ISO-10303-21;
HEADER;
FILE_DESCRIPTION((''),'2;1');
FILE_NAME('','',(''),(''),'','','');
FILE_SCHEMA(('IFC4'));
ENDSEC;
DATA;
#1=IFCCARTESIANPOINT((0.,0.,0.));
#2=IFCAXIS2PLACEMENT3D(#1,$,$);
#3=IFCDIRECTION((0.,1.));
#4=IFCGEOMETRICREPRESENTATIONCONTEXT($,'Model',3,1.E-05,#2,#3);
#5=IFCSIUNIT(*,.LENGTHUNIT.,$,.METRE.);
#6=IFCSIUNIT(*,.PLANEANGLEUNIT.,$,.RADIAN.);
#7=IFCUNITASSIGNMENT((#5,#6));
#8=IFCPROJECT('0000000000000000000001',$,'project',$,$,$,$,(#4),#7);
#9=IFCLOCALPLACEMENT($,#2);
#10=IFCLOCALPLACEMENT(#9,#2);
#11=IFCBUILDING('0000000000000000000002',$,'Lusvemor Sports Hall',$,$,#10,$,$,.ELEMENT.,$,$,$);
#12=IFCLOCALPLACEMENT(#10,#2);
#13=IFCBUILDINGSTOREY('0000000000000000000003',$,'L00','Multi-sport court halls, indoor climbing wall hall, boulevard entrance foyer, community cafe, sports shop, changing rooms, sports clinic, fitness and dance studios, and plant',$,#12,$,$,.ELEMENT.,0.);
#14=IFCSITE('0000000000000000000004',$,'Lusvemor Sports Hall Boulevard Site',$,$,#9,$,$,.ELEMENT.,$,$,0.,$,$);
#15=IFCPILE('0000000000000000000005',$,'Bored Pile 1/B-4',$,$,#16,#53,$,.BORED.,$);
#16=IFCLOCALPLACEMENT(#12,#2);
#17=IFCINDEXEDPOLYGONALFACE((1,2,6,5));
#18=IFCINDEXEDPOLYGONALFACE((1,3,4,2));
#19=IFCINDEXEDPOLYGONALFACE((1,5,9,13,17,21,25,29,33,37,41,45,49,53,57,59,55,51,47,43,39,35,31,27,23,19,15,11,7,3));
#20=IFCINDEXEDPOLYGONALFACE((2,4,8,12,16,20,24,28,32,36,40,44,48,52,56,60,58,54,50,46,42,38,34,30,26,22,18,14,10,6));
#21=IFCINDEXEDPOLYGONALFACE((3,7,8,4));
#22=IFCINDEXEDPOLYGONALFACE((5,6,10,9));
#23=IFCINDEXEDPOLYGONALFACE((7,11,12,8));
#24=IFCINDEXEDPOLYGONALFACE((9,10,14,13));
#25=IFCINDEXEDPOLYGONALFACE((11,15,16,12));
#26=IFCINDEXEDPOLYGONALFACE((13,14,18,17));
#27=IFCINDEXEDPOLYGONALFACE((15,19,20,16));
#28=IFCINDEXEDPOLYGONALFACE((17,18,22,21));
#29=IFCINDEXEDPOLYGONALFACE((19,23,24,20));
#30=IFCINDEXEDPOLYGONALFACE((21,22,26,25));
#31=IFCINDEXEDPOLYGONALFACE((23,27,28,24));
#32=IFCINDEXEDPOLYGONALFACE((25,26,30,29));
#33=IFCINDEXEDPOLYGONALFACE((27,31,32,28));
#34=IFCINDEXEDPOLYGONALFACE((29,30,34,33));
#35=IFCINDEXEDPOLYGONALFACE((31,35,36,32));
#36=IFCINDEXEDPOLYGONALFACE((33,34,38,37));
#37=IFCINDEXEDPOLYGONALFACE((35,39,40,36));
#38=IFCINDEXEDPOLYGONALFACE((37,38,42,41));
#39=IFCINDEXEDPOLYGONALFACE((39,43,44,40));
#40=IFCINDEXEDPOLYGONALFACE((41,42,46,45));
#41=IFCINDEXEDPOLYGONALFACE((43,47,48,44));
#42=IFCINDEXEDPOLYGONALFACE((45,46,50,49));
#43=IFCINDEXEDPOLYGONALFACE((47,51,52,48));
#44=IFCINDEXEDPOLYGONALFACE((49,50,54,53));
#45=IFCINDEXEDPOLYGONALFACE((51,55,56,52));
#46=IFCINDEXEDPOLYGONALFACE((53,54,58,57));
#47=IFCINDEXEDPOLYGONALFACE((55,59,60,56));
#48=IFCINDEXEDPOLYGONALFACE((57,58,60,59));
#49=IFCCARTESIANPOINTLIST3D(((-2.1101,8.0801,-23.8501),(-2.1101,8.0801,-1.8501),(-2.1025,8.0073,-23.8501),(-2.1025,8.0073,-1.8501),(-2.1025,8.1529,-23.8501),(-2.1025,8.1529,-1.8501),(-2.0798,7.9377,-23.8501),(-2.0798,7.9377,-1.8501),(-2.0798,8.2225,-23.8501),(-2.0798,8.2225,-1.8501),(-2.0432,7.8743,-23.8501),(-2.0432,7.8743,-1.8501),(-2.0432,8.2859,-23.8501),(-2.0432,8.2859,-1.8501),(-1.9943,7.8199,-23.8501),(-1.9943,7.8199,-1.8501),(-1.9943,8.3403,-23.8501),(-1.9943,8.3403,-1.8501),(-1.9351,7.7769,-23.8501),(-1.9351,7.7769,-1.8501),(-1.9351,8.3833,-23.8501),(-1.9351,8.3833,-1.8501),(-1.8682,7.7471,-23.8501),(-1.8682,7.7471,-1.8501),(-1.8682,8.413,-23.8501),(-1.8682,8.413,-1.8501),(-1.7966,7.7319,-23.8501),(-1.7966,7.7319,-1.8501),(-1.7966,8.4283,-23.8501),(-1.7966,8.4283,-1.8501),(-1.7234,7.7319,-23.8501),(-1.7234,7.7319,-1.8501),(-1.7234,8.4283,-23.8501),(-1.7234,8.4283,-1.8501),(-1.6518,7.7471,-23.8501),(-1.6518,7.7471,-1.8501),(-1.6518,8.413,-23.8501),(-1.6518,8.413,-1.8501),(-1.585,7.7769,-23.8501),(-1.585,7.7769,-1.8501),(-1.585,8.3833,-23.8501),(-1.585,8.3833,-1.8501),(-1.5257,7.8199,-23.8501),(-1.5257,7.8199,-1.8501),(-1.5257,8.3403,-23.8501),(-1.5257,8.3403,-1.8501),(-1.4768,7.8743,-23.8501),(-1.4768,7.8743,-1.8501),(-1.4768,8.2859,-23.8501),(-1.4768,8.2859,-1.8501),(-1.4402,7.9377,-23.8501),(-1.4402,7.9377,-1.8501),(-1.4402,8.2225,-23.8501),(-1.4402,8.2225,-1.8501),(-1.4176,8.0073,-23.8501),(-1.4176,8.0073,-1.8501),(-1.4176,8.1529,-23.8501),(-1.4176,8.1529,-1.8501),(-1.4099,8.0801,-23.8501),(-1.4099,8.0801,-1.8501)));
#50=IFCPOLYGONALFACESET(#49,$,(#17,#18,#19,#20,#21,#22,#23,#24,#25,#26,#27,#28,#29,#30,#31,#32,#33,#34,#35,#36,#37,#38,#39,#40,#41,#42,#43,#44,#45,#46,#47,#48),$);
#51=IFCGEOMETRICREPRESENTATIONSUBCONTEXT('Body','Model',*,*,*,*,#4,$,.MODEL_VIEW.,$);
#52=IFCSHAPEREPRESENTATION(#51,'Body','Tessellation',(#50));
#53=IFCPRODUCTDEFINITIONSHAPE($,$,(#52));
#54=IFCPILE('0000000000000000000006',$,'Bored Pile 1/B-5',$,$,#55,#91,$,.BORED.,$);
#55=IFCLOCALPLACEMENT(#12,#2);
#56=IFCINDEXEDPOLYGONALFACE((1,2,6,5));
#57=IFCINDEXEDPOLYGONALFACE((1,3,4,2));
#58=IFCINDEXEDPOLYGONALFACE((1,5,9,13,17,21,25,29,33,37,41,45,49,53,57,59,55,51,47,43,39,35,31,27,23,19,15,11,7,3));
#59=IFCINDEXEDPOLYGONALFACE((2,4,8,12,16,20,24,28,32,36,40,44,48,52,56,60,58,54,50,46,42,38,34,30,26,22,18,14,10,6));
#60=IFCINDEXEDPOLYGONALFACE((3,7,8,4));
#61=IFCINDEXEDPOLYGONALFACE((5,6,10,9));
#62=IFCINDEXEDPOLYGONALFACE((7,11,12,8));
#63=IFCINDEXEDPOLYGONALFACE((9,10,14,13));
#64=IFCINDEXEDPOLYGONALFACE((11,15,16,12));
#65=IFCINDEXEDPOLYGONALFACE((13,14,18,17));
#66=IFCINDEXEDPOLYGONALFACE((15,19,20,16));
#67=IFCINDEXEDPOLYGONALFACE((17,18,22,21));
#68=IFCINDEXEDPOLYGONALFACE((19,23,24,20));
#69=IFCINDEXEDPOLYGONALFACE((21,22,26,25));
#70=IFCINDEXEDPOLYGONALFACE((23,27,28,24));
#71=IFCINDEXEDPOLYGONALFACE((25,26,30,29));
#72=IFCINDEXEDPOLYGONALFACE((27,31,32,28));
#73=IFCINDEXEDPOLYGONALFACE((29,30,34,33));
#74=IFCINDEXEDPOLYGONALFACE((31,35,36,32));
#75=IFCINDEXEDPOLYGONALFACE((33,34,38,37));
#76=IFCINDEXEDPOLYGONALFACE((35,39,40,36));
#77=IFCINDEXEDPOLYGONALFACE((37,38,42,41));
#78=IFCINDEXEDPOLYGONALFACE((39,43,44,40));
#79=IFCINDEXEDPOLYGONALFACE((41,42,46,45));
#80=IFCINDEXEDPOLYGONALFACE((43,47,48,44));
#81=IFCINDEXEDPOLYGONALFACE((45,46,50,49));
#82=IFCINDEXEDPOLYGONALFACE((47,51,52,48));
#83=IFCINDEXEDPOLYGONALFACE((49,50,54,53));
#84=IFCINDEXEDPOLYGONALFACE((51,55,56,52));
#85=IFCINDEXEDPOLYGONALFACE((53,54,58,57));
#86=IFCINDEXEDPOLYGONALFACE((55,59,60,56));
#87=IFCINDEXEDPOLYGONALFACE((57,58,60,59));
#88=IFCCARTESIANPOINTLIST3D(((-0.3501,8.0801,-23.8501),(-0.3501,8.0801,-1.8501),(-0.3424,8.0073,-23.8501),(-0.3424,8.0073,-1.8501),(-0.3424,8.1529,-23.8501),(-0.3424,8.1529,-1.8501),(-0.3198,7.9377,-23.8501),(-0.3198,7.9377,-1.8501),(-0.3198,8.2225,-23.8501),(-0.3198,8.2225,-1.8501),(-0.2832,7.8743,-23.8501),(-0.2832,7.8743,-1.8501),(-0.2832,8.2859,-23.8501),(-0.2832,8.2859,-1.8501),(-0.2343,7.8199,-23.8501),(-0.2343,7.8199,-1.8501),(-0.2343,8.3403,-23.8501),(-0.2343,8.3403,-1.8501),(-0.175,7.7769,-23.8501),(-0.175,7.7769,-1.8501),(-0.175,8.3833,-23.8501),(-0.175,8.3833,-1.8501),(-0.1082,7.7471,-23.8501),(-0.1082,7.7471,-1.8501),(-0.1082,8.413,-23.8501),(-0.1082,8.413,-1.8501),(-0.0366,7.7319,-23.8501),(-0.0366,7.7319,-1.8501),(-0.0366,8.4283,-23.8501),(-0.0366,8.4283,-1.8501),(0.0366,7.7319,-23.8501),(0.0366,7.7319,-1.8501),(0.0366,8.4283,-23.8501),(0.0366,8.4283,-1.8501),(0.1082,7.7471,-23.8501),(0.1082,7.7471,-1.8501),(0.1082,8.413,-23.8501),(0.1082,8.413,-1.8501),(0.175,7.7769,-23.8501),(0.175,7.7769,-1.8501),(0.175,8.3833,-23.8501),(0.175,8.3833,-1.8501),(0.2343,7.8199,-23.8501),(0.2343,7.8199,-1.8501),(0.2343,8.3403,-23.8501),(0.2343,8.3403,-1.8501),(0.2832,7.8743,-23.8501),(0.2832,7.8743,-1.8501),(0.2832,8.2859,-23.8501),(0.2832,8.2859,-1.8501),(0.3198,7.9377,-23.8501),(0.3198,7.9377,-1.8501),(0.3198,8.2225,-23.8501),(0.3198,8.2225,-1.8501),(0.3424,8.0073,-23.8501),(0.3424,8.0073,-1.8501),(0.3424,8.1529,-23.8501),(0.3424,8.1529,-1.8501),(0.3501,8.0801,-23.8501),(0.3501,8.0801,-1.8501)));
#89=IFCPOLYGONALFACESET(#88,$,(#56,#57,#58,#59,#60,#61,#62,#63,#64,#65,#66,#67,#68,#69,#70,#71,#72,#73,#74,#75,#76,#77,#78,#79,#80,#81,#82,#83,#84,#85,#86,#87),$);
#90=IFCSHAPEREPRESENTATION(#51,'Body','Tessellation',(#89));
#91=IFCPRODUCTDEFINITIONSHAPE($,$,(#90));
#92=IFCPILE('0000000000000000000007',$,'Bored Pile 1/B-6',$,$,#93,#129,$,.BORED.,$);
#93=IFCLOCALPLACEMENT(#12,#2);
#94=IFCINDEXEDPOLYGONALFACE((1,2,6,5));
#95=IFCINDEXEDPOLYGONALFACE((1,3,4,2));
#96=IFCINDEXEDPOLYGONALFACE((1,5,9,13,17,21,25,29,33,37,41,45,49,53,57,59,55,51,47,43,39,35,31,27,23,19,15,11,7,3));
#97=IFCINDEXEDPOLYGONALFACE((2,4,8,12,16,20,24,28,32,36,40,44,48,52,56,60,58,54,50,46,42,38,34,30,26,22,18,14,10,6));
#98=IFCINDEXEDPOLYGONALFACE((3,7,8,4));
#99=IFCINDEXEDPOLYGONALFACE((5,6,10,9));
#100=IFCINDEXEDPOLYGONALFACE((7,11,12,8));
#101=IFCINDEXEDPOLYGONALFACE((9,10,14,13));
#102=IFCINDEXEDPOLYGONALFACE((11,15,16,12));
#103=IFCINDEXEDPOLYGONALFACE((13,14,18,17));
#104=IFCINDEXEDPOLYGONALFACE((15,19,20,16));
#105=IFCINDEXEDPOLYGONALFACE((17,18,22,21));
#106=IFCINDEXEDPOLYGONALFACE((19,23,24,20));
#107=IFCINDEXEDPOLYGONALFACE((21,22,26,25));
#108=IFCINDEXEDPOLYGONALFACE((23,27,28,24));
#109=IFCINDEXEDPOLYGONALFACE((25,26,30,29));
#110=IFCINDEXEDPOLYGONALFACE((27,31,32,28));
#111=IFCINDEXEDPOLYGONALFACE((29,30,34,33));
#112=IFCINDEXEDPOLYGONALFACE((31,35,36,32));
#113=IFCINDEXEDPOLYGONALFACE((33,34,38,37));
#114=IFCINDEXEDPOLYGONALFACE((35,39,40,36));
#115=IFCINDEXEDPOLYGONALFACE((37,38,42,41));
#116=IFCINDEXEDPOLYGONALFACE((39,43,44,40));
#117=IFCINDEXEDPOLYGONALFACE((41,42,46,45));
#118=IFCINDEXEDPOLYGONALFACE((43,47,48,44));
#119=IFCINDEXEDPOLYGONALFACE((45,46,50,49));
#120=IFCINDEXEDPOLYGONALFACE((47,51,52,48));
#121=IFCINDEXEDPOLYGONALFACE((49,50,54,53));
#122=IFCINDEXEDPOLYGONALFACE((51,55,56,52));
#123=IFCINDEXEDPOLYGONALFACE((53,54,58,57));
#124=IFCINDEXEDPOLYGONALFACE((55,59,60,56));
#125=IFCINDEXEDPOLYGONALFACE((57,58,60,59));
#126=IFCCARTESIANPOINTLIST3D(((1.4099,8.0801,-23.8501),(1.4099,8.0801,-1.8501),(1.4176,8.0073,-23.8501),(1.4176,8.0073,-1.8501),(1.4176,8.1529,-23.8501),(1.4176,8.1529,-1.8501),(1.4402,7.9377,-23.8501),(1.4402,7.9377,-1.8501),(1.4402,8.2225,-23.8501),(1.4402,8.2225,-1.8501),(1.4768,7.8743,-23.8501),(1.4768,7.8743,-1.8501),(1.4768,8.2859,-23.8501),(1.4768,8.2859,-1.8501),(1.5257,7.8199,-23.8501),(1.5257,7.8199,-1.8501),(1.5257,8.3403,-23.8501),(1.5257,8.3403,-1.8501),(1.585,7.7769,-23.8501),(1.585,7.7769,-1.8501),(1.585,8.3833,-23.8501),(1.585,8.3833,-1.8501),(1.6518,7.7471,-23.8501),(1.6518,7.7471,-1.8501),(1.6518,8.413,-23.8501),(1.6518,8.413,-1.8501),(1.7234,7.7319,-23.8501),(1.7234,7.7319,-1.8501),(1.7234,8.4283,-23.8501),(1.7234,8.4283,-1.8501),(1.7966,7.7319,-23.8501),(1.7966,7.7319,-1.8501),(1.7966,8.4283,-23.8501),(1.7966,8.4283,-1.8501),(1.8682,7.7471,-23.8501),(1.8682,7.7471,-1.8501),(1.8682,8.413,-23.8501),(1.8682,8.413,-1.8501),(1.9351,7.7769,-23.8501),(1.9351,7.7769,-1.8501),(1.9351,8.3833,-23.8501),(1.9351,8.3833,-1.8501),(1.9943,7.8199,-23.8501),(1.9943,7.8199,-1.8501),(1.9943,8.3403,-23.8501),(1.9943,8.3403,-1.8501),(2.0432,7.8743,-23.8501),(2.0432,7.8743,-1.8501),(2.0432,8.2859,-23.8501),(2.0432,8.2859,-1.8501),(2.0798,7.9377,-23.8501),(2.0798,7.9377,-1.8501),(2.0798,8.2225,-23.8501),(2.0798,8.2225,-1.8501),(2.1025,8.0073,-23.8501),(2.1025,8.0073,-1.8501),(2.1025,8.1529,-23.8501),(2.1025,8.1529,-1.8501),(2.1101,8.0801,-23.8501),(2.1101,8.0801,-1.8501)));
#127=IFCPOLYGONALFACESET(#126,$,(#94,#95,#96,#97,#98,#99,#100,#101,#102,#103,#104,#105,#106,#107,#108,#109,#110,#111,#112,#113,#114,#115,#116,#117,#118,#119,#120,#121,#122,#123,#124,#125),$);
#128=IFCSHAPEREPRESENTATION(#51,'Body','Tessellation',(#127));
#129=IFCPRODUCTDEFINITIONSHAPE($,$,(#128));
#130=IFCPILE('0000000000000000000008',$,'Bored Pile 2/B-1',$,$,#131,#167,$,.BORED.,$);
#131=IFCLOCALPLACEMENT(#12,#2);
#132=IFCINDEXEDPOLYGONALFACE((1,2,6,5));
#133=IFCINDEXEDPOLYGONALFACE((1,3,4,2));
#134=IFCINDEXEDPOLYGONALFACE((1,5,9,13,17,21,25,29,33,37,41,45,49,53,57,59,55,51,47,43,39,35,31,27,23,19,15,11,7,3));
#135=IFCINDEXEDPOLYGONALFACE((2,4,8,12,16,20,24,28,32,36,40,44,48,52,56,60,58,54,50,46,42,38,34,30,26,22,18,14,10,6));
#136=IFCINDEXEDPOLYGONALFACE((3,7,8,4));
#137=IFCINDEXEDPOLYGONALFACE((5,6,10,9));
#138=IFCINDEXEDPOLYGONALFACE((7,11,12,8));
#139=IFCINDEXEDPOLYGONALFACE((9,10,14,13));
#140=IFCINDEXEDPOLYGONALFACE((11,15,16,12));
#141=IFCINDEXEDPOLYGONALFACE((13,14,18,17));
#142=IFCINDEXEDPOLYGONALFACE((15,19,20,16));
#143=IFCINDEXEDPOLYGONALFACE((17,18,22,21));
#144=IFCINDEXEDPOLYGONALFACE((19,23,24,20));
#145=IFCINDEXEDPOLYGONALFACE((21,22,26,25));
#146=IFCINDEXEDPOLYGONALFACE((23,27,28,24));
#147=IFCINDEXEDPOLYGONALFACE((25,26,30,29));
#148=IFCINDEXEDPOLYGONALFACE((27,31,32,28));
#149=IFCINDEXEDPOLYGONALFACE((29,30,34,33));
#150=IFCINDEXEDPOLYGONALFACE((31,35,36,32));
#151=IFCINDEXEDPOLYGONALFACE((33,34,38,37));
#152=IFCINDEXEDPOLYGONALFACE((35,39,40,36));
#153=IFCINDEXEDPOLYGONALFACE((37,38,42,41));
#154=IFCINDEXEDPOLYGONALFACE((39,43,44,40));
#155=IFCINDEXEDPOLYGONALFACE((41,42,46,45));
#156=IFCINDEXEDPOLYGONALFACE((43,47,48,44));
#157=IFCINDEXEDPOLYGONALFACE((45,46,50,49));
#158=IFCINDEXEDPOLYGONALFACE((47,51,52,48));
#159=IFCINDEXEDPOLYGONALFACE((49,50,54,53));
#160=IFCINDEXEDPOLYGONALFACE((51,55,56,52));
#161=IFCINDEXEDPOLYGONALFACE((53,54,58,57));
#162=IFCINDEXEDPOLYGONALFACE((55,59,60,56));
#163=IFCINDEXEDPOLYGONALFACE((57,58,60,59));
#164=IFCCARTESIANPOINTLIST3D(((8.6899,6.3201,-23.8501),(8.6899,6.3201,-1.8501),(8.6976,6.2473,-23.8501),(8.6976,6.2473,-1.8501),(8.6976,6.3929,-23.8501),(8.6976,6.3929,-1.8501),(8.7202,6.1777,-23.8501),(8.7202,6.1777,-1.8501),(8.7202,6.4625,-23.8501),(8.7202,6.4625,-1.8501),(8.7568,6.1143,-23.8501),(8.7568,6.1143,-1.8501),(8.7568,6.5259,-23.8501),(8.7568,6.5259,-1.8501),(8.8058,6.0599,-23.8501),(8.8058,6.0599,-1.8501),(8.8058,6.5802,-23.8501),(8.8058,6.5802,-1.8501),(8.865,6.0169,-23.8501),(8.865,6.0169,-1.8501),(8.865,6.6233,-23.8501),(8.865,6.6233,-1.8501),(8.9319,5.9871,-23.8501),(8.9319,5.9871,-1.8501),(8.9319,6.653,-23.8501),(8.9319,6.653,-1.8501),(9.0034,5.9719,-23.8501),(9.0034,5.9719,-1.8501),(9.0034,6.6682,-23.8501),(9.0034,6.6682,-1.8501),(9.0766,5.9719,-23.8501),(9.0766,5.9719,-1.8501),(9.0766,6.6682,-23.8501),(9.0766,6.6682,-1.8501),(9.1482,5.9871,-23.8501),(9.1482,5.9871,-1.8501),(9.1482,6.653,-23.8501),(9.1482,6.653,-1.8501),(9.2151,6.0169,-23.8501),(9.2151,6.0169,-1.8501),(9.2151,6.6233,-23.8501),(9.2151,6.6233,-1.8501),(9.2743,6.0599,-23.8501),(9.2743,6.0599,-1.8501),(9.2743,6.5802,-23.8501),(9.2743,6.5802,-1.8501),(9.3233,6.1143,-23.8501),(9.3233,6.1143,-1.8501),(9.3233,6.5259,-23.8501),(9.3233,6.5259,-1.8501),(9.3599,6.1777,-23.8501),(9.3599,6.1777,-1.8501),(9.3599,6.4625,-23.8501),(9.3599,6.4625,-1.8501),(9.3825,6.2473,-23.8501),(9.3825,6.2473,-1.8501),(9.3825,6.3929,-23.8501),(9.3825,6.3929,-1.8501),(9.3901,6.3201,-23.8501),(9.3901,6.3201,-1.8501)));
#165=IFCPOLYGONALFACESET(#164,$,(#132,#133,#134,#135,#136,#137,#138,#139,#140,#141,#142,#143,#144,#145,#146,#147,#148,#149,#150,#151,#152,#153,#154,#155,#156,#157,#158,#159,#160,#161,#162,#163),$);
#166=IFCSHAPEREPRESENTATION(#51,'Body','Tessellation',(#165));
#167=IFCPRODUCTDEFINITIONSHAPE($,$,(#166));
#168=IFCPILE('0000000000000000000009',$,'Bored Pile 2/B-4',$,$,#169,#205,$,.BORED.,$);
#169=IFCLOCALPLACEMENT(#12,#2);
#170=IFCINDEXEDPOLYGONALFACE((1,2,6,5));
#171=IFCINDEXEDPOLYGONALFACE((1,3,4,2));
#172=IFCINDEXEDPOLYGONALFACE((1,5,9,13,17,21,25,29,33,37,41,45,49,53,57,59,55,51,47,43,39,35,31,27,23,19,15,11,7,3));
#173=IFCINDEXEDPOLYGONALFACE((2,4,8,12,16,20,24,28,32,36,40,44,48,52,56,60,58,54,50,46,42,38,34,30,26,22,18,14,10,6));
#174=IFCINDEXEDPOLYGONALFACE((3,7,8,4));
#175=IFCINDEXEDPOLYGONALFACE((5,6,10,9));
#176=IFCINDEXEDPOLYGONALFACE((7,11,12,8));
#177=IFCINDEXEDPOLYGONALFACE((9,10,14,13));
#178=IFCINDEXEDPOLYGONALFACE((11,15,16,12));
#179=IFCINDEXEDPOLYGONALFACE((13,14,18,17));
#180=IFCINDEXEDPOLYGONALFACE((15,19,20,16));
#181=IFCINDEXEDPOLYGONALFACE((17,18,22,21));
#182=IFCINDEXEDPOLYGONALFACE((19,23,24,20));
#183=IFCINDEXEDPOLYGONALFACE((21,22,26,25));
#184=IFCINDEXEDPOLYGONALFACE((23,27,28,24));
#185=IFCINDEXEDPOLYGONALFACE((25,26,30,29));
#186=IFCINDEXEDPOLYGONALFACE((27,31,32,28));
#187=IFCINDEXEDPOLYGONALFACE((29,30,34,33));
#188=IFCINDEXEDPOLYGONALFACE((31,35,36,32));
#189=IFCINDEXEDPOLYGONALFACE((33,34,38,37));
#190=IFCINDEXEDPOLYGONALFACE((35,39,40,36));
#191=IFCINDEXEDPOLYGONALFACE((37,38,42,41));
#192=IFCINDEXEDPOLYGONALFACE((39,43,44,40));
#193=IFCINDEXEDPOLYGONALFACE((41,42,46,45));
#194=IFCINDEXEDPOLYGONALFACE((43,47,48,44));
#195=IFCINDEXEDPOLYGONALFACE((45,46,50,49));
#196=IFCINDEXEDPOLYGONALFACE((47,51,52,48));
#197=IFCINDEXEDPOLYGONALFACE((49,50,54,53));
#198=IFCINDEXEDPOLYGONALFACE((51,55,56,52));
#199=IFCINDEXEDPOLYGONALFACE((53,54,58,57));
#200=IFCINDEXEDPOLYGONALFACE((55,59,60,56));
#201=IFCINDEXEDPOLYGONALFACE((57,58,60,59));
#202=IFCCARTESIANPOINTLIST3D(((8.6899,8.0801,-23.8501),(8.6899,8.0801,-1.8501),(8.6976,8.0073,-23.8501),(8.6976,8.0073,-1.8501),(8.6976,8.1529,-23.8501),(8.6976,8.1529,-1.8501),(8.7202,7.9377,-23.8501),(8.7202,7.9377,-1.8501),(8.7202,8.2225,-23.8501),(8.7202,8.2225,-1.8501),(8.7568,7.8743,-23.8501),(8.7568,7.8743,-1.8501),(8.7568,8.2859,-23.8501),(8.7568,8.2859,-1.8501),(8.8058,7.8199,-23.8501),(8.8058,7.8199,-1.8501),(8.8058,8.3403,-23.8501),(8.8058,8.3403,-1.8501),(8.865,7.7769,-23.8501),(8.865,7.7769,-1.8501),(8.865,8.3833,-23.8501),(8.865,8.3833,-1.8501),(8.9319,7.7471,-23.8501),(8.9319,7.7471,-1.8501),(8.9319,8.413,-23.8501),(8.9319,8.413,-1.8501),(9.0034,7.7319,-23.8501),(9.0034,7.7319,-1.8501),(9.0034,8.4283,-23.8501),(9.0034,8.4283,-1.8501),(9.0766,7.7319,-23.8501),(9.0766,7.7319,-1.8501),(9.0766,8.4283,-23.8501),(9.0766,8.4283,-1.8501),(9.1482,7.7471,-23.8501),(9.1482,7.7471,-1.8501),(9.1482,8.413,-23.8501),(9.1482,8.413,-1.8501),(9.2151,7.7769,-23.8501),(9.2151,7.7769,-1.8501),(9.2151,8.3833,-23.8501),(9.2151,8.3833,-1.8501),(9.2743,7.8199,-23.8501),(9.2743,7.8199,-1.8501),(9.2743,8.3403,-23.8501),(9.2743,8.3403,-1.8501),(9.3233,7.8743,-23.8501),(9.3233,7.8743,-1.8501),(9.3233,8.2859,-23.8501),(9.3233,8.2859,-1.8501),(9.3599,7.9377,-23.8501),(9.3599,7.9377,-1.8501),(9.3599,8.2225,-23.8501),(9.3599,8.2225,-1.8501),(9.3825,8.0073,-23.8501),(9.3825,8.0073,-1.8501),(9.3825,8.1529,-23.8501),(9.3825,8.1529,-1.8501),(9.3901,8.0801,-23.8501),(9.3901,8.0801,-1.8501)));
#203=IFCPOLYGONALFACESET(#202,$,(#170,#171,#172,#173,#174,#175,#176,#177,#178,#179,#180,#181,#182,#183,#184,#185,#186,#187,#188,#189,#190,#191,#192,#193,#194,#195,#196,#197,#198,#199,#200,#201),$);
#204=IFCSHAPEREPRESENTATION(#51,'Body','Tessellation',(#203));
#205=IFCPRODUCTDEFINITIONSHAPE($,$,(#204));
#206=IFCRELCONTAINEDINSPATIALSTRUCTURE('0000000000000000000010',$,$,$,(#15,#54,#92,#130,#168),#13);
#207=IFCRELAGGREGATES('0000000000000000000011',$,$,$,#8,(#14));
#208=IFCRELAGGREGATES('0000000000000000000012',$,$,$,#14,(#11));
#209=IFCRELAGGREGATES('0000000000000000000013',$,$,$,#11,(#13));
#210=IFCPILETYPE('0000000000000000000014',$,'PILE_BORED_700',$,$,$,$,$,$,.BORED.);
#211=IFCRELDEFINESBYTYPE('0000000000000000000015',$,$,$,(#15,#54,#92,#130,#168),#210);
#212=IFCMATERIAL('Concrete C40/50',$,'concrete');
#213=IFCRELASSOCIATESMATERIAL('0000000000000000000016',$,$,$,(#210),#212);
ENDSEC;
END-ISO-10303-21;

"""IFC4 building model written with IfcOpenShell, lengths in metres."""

from ifc_helpers import new_model, si_unit, direction, frame, origin, origin_2d, place, context, subcontext, project, spatial, circle, extrude, material, material_profile, profile_set, type_object, element, save


model = new_model("IFC4")

# Units and contexts
model_context = context("Model", 3, precision=1e-05, world=origin(), true_north=direction((0.0, 1.0)))
body_context = subcontext(model_context, "Body", "Model", "MODEL_VIEW")
ifc_project = project(units=[si_unit("LENGTHUNIT", "METRE"), si_unit("PLANEANGLEUNIT", "RADIAN")], contexts=[model_context])

# Site, building, storey
site_placement = place(None, origin())
site = spatial("IfcSite", under=ifc_project, at=site_placement, Name="Lusvemor Sports Hall Boulevard Site", CompositionType="ELEMENT", RefElevation=0.0)
building_placement = place(site_placement, origin())
building = spatial("IfcBuilding", under=site, at=building_placement, Name="Lusvemor Sports Hall", CompositionType="ELEMENT")
storey_placement = place(building_placement, origin())
storey = spatial("IfcBuildingStorey", under=building, at=storey_placement, Name="L00", Description="Multi-sport court halls, indoor climbing wall hall, boulevard entrance foyer, community cafe, sports shop, changing rooms, sports clinic, fitness and dance studios, and plant", CompositionType="ELEMENT", Elevation=0.0)

# Piles
ifc_material_1 = material(Name="Concrete C40/50", Category="concrete")
ifc_material_profile_1 = material_profile(ifc_material_1, circle(Radius=0.3501, at=origin_2d()), Name="PILE700")
ifc_profile_set_1 = profile_set([ifc_material_profile_1], Name="Concrete C40/50")
pile_type = type_object("IfcPileType", Name="PILE_BORED_700", PredefinedType="BORED", material=ifc_profile_set_1)
for number, where, z_axis, x_axis, name in (
    (1, (-1.76, 8.0801, -1.8501), (0.0, 0.0, -1.0), (1.0, 0.0, 0.0), "Bored Pile 1/B-4"),
    (2, (0.0, 8.0801, -1.8501), (0.0, 0.0, -1.0), (1.0, 0.0, 0.0), "Bored Pile 1/B-5"),
    (3, (1.76, 8.0801, -1.8501), (0.0, 0.0, -1.0), (1.0, 0.0, 0.0), "Bored Pile 1/B-6"),
    (4, (9.04, 6.3201, -1.8501), (0.0, 0.0, -1.0), (1.0, 0.0, 0.0), "Bored Pile 2/B-1"),
    (5, (9.04, 8.0801, -1.8501), (0.0, 0.0, -1.0), (1.0, 0.0, 0.0), "Bored Pile 2/B-4"),
):
    element("IfcPile", number, at=place(storey_placement, frame(where, z_axis=z_axis, x_axis=x_axis)), inside=storey, type_object=pile_type, Name=name, PredefinedType="BORED", context=body_context, shape_type="SweptSolid", body=[
        extrude(circle(Radius=0.3501, at=origin_2d()), origin(), (0.0, 0.0, 1.0), 22.0),
    ])

save(model, "model.ifc")
